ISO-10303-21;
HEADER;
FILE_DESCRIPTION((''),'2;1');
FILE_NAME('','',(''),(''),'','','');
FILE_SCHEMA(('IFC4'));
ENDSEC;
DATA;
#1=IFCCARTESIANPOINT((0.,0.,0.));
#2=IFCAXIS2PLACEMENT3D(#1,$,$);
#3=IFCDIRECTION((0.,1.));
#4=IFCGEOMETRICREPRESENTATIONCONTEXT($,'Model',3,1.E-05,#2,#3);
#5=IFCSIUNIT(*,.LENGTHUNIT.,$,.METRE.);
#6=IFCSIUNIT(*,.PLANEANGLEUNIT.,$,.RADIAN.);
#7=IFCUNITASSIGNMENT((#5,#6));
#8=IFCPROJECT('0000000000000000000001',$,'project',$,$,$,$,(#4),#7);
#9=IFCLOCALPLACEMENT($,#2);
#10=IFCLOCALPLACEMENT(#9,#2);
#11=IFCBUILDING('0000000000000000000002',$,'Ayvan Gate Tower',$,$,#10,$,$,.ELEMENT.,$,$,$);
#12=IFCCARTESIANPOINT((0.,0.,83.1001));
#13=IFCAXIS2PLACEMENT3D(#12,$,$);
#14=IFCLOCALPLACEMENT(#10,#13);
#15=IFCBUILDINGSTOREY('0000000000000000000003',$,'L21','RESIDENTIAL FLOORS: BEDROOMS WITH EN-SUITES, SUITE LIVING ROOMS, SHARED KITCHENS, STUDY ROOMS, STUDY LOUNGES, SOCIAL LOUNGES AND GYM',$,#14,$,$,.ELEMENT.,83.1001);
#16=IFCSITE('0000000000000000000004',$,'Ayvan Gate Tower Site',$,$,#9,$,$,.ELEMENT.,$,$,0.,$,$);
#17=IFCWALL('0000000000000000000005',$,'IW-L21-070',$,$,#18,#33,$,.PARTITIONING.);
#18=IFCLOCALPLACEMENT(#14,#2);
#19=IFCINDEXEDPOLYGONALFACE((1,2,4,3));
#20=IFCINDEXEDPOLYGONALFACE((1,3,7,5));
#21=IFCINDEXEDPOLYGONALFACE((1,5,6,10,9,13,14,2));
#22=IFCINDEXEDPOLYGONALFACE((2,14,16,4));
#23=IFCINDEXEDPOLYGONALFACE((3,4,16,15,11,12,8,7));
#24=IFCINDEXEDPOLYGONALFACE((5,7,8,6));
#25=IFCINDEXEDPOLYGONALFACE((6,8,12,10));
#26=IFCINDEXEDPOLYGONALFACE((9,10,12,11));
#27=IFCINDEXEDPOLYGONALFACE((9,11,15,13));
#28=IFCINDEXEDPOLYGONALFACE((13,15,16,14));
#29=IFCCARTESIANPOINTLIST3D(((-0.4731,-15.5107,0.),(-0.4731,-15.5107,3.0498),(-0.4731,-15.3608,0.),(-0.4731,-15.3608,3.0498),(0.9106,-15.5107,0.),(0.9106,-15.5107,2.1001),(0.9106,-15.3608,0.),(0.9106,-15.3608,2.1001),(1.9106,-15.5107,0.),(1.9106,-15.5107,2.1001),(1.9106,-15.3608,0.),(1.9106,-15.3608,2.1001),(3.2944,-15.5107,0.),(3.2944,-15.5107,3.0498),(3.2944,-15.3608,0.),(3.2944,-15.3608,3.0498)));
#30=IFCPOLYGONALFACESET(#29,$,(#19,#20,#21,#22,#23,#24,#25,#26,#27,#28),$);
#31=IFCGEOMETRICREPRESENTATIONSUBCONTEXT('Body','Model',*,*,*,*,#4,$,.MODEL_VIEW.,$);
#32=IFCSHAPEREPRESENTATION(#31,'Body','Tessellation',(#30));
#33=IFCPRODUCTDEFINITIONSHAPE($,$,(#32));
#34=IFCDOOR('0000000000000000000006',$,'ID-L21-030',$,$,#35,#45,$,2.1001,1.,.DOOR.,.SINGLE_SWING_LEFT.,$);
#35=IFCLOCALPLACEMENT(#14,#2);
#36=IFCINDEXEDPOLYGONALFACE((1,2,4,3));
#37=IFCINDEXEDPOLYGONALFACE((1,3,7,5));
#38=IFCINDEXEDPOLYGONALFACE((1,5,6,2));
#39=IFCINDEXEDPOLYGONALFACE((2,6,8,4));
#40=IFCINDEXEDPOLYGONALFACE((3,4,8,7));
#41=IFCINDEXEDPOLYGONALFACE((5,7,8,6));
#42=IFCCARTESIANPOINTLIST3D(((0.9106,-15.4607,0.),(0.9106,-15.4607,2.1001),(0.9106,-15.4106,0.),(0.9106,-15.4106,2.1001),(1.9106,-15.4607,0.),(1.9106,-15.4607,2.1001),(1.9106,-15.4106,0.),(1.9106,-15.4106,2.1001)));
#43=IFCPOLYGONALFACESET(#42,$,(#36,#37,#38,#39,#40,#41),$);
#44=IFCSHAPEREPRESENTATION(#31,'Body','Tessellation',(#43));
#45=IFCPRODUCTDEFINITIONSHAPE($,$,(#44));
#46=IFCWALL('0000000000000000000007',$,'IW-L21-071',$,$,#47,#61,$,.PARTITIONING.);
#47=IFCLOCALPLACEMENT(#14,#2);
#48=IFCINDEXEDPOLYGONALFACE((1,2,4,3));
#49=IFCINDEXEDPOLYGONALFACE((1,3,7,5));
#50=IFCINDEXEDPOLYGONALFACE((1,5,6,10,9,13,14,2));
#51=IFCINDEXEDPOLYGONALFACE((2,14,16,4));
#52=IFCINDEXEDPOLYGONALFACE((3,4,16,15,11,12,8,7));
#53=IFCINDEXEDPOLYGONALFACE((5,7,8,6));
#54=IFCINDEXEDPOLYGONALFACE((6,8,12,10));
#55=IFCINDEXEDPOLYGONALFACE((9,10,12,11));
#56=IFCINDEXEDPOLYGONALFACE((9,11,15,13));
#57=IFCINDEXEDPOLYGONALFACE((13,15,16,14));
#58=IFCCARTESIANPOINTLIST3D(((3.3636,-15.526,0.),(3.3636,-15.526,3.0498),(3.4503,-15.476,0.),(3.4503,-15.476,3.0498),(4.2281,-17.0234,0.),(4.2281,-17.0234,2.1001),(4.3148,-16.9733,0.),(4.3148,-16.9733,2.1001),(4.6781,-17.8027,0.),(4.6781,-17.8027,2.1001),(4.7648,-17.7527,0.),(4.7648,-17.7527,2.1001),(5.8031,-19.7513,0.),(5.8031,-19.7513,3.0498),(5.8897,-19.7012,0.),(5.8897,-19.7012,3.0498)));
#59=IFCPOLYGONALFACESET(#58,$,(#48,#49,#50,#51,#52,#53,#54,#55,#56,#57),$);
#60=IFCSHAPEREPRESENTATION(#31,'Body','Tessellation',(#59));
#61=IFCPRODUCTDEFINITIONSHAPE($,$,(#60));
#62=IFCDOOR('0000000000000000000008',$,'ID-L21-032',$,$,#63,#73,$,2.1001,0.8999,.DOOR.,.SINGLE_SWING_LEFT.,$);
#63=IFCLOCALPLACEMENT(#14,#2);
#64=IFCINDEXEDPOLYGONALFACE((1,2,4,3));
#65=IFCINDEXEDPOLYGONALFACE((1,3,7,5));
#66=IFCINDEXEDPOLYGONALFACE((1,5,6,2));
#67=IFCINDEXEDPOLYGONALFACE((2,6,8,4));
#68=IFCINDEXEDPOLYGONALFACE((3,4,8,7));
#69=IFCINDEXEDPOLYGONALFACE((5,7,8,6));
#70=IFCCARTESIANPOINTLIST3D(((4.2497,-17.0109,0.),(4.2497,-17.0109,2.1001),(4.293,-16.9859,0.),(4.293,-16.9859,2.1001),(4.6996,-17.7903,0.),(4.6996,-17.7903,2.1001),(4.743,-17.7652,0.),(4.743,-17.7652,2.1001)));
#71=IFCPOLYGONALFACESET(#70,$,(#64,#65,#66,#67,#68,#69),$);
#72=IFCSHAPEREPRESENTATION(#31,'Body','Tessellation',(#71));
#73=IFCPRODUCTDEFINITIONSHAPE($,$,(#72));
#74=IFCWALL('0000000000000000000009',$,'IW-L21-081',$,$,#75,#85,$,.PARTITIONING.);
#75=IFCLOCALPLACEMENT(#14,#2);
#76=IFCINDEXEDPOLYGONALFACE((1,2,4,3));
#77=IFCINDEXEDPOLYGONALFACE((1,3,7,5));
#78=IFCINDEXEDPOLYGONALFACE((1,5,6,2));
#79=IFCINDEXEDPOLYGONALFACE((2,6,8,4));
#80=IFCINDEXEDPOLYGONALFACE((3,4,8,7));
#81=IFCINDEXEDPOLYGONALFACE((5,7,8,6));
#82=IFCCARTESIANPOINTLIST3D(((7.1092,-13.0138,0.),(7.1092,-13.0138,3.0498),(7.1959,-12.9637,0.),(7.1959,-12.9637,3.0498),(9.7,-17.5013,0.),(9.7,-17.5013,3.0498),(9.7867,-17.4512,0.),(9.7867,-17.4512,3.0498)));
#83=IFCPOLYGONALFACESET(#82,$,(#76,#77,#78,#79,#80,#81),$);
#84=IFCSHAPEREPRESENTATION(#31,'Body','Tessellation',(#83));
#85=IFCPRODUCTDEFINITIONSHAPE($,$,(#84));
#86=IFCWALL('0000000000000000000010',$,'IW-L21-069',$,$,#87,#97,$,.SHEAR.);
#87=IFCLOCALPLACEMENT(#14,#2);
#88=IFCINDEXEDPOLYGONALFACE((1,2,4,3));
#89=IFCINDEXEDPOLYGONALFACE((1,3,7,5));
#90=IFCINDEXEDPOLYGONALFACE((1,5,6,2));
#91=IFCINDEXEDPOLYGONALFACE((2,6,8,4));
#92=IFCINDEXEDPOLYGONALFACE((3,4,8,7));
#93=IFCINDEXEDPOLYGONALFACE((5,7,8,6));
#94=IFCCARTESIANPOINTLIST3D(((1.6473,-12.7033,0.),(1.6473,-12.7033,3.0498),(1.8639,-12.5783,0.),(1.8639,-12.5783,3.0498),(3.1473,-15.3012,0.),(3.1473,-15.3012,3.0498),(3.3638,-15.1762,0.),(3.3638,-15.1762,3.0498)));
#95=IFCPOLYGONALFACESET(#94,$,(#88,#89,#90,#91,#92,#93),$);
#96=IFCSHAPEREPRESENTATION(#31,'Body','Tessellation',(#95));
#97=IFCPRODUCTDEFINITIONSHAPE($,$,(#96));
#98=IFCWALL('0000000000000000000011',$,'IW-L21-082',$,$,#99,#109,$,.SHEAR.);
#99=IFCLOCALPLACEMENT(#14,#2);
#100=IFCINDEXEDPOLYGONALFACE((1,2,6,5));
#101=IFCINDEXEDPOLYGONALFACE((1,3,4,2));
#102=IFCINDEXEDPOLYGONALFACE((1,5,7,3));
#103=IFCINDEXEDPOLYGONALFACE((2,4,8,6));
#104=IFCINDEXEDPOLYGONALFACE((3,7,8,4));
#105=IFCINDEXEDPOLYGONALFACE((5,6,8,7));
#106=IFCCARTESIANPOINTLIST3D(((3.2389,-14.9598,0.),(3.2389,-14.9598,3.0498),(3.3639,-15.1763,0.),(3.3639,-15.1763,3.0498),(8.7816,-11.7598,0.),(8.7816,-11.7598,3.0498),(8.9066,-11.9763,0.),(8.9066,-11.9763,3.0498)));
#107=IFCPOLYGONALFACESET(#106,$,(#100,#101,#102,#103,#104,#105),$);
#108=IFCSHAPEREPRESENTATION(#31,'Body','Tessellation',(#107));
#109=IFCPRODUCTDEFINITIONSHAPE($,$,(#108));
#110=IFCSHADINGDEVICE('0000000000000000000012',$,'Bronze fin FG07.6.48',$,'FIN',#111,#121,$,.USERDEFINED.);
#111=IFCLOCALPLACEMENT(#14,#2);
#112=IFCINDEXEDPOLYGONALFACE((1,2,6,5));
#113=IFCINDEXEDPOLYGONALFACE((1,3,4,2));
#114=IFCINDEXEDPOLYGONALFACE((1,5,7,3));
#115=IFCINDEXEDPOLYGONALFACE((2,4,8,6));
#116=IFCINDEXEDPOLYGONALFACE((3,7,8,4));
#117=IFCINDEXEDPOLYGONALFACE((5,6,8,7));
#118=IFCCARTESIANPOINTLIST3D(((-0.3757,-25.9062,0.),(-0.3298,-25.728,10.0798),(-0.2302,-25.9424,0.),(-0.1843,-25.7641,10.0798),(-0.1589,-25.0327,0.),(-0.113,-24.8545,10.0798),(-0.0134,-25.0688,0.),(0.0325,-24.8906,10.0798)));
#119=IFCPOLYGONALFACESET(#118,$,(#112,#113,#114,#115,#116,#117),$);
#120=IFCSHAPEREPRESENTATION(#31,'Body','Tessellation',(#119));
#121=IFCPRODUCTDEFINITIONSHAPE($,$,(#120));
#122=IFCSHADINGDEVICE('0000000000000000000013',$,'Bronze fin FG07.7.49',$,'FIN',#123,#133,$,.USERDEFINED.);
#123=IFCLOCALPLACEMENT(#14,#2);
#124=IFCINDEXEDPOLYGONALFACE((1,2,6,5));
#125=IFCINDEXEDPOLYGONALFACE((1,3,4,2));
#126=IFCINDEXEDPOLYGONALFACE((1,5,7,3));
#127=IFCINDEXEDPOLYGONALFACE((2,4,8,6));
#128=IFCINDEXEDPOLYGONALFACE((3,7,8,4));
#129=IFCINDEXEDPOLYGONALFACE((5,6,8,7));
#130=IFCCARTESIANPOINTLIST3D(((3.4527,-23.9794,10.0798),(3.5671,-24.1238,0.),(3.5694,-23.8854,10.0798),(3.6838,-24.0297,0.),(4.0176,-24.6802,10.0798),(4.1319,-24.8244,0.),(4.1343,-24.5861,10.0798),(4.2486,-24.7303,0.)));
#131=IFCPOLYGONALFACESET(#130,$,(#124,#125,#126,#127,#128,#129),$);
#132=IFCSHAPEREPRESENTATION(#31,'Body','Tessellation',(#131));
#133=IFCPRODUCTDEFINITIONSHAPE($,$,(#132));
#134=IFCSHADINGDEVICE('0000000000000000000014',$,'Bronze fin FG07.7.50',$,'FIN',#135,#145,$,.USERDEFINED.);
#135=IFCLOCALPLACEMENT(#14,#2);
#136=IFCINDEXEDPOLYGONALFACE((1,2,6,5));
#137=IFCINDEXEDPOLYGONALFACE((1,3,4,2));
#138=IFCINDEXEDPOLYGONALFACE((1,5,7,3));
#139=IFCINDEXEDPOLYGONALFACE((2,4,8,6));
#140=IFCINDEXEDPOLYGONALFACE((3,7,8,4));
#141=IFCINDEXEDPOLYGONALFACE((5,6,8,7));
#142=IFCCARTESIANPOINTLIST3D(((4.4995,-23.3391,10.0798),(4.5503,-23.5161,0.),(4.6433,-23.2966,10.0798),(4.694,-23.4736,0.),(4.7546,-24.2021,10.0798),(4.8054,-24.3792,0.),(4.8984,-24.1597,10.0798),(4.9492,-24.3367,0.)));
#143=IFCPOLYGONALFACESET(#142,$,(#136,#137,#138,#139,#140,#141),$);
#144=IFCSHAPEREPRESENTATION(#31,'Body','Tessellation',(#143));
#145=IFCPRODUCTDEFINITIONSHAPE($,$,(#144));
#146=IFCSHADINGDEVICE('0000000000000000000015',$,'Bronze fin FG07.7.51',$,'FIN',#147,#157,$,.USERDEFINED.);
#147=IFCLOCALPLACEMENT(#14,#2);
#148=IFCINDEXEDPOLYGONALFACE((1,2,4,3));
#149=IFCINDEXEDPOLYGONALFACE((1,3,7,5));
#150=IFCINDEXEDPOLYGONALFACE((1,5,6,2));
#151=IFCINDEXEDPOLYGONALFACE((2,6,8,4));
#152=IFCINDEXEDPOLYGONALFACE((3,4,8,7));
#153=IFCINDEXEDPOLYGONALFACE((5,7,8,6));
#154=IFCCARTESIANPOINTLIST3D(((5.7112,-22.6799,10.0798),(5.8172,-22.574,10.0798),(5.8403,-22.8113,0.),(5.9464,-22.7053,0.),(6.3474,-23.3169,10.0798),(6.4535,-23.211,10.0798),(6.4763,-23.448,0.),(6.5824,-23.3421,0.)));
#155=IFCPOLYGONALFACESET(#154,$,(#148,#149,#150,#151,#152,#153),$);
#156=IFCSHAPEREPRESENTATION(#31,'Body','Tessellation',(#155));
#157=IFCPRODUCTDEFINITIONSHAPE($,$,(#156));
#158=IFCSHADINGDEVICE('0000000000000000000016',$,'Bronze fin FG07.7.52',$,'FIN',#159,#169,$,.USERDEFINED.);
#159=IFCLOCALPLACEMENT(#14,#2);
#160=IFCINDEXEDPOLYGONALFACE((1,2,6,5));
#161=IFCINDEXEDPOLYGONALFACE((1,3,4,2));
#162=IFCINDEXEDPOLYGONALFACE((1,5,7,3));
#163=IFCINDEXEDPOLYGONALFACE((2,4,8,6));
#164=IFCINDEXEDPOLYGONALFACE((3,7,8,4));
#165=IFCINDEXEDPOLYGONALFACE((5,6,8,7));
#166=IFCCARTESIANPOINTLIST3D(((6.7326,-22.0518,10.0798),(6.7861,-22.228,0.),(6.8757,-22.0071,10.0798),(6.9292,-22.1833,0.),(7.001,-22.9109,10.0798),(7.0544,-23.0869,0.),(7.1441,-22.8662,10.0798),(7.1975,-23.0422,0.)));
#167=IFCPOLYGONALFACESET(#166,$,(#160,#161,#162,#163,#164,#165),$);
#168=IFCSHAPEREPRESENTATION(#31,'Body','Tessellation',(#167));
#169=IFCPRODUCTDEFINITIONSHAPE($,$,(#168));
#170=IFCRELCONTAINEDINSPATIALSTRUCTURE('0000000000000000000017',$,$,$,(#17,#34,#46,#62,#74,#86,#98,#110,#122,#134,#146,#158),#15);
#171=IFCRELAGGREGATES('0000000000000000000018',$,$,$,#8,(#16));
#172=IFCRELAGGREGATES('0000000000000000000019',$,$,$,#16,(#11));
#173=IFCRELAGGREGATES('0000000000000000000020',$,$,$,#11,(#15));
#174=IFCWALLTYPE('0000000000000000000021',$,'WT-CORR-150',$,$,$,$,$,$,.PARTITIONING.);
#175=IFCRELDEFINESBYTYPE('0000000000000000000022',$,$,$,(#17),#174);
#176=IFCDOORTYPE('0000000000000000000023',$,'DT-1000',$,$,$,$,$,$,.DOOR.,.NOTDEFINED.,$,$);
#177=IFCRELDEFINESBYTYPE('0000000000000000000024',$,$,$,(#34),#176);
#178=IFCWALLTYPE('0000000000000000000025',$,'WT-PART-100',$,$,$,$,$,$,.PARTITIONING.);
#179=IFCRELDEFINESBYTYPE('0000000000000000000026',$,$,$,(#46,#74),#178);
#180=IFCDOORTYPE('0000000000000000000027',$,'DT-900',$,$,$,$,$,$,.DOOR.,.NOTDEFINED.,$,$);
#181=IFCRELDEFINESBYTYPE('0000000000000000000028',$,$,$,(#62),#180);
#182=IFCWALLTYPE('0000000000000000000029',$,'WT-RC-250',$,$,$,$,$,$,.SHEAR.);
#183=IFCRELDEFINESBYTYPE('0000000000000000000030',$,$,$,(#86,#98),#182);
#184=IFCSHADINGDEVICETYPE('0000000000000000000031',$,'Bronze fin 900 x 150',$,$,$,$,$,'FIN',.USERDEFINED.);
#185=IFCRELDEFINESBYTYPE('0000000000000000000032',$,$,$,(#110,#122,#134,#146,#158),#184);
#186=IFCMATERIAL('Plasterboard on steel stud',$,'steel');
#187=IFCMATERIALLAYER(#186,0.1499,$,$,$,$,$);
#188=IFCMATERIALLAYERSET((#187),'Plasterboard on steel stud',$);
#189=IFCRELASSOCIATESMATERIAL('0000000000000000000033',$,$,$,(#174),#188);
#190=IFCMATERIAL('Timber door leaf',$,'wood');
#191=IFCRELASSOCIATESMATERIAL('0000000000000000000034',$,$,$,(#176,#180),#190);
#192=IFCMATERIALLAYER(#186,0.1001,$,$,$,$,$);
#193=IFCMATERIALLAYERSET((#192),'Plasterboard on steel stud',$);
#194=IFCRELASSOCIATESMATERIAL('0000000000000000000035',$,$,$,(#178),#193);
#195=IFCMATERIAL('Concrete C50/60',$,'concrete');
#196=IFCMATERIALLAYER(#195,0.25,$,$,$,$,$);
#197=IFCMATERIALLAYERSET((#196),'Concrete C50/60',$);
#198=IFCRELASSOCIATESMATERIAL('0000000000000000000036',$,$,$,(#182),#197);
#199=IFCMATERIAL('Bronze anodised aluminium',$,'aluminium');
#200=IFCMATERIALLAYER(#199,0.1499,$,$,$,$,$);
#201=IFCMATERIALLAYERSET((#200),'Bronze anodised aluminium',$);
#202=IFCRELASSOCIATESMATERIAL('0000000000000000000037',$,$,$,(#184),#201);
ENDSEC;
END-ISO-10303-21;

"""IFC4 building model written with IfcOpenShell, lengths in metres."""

from ifc_helpers import new_model, si_unit, direction, frame, frame_2d, origin, place, context, subcontext, project, spatial, polyline, rectangle, outline, extrude, material, layer, layer_set, type_object, element, fill, save


model = new_model("IFC4")

# Units and contexts
model_context = context("Model", 3, precision=1e-05, world=origin(), true_north=direction((0.0, 1.0)))
body_context = subcontext(model_context, "Body", "Model", "MODEL_VIEW")
ifc_project = project(units=[si_unit("LENGTHUNIT", "METRE"), si_unit("PLANEANGLEUNIT", "RADIAN")], contexts=[model_context])

# Site, building, storey
site_placement = place(None, origin())
site = spatial("IfcSite", under=ifc_project, at=site_placement, Name="Ayvan Gate Tower Site", CompositionType="ELEMENT", RefElevation=0.0)
building_placement = place(site_placement, origin())
building = spatial("IfcBuilding", under=site, at=building_placement, Name="Ayvan Gate Tower", CompositionType="ELEMENT")
storey_placement = place(building_placement, frame((0.0, 0.0, 83.1001)))
storey = spatial("IfcBuildingStorey", under=building, at=storey_placement, Name="L21", Description="RESIDENTIAL FLOORS: BEDROOMS WITH EN-SUITES, SUITE LIVING ROOMS, SHARED KITCHENS, STUDY ROOMS, STUDY LOUNGES, SOCIAL LOUNGES AND GYM", CompositionType="ELEMENT", Elevation=83.1001)

# Shared definitions
ifc_material_1 = material(Name="Bronze anodised aluminium", Category="aluminium")

# Shared definitions
ifc_material_2 = material(Name="Plasterboard on steel stud", Category="steel")
ifc_layer_1 = layer(ifc_material_2, 0.1499)
ifc_layer_set_1 = layer_set([ifc_layer_1], Name="Plasterboard on steel stud")
wall_type_1 = type_object("IfcWallType", Name="WT-CORR-150", PredefinedType="PARTITIONING", material=ifc_layer_set_1)

# Walls, openings, doors
wall_1_placement = place(storey_placement, frame((3.2944, -15.4358, 0.0), z_axis=(0.0, 0.0, 1.0), x_axis=(-1.0, 0.0, 0.0)))
wall_1 = element("IfcWall", 1, at=wall_1_placement, inside=storey, type_object=wall_type_1, Name="IW-L21-070", PredefinedType="PARTITIONING", context=body_context, shape_type="SweptSolid", body=[
    extrude(rectangle(XDim=3.7676, YDim=0.1499, at=frame_2d((1.8838, 0.0))), origin(), (0.0, 0.0, 1.0), 3.0498),
])
opening_1_placement = place(wall_1_placement, frame((1.3838, 0.0, 0.0)))
opening_1 = element("IfcOpeningElement", 2, at=opening_1_placement, cuts=wall_1, PredefinedType="OPENING", context=body_context, shape_type="SweptSolid", body=[
    extrude(rectangle(XDim=1.0, YDim=2.1001, at=frame_2d((0.5, 1.05))), frame((0.0, 0.085, 0.0), z_axis=(0.0, -1.0, 0.0), x_axis=(1.0, 0.0, 0.0)), (0.0, 0.0, 1.0), 0.1699),
])
ifc_material_3 = material(Name="Timber door leaf", Category="wood")
door_type_1 = type_object("IfcDoorType", Name="DT-1000", OperationType="NOTDEFINED", PredefinedType="DOOR", material=ifc_material_3)
door_1_placement = place(opening_1_placement, origin())
door_1 = element("IfcDoor", 3, at=door_1_placement, inside=storey, type_object=door_type_1, Name="ID-L21-030", OperationType="SINGLE_SWING_LEFT", OverallHeight=2.1001, OverallWidth=1.0, PredefinedType="DOOR", context=body_context, shape_type="SweptSolid", body=[
    extrude(rectangle(XDim=1.0, YDim=2.1001, at=frame_2d((0.5, 1.05))), frame((0.0, 0.0249, 0.0), z_axis=(0.0, -1.0, 0.0), x_axis=(1.0, 0.0, 0.0)), (0.0, 0.0, 1.0), 0.05),
])
fill(opening_1, door_1)
ifc_layer_2 = layer(ifc_material_2, 0.1001)
ifc_layer_set_2 = layer_set([ifc_layer_2], Name="Plasterboard on steel stud")
wall_type_2 = type_object("IfcWallType", Name="WT-PART-100", PredefinedType="PARTITIONING", material=ifc_layer_set_2)
wall_2_placement = place(storey_placement, frame((3.407, -15.501, 0.0), z_axis=(0.0, 0.0, 1.0), x_axis=(0.499992, -0.86603, 0.0)))
wall_2 = element("IfcWall", 4, at=wall_2_placement, inside=storey, type_object=wall_type_2, Name="IW-L21-071", PredefinedType="PARTITIONING", context=body_context, shape_type="SweptSolid", body=[
    extrude(rectangle(XDim=4.8789, YDim=0.1001, at=frame_2d((2.4395, 0.0))), origin(), (0.0, 0.0, 1.0), 3.0498),
])
opening_2_placement = place(wall_2_placement, frame((1.729, 0.0, 0.0)))
opening_2 = element("IfcOpeningElement", 5, at=opening_2_placement, cuts=wall_2, PredefinedType="OPENING", context=body_context, shape_type="SweptSolid", body=[
    extrude(rectangle(XDim=0.8999, YDim=2.1001, at=frame_2d((0.45, 1.05))), frame((0.0, 0.0601, 0.0), z_axis=(0.0, -1.0, 0.0), x_axis=(1.0, 0.0, 0.0)), (0.0, 0.0, 1.0), 0.1201),
])
door_type_2 = type_object("IfcDoorType", Name="DT-900", OperationType="NOTDEFINED", PredefinedType="DOOR", material=ifc_material_3)
door_2_placement = place(opening_2_placement, origin())
door_2 = element("IfcDoor", 6, at=door_2_placement, inside=storey, type_object=door_type_2, Name="ID-L21-032", OperationType="SINGLE_SWING_LEFT", OverallHeight=2.1001, OverallWidth=0.8999, PredefinedType="DOOR", context=body_context, shape_type="SweptSolid", body=[
    extrude(rectangle(XDim=0.8999, YDim=2.1001, at=frame_2d((0.45, 1.05))), frame((0.0, 0.0249, 0.0), z_axis=(0.0, -1.0, 0.0), x_axis=(1.0, 0.0, 0.0)), (0.0, 0.0, 1.0), 0.05),
])
fill(opening_2, door_2)

# Walls
wall_3_placement = place(storey_placement, frame((7.1526, -12.9888, 0.0), z_axis=(0.0, 0.0, 1.0), x_axis=(0.49999, -0.866031, 0.0)))
element("IfcWall", 7, at=wall_3_placement, inside=storey, type_object=wall_type_2, Name="IW-L21-081", PredefinedType="PARTITIONING", context=body_context, shape_type="SweptSolid", body=[
    extrude(rectangle(XDim=5.1816, YDim=0.1001, at=frame_2d((2.5908, 0.0))), origin(), (0.0, 0.0, 1.0), 3.0498),
])
ifc_material_4 = material(Name="Concrete C50/60", Category="concrete")
ifc_layer_3 = layer(ifc_material_4, 0.25)
ifc_layer_set_3 = layer_set([ifc_layer_3], Name="Concrete C50/60")
wall_type_3 = type_object("IfcWallType", Name="WT-RC-250", PredefinedType="SHEAR", material=ifc_layer_set_3)
wall_4_placement = place(storey_placement, frame((3.2556, -15.2388, 0.0), z_axis=(0.0, 0.0, 1.0), x_axis=(-0.500025, 0.866011, 0.0)))
element("IfcWall", 8, at=wall_4_placement, inside=storey, type_object=wall_type_3, Name="IW-L21-069", PredefinedType="SHEAR", context=body_context, shape_type="SweptSolid", body=[
    extrude(rectangle(XDim=2.9998, YDim=0.25, at=frame_2d((1.5, 0.0))), origin(), (0.0, 0.0, 1.0), 3.0498),
])
wall_5_placement = place(storey_placement, frame((3.3013, -15.0681, 0.0), z_axis=(0.0, 0.0, 1.0), x_axis=(0.866035, 0.499983, 0.0)))
element("IfcWall", 9, at=wall_5_placement, inside=storey, type_object=wall_type_3, Name="IW-L21-082", PredefinedType="SHEAR", context=body_context, shape_type="SweptSolid", body=[
    extrude(rectangle(XDim=6.4001, YDim=0.25, at=frame_2d((3.2002, 0.0))), origin(), (0.0, 0.0, 1.0), 3.0498),
])

# Shading devices
ifc_layer_4 = layer(ifc_material_1, 0.1499)
ifc_layer_set_4 = layer_set([ifc_layer_4], Name="Bronze anodised aluminium")
shading_device_type = type_object("IfcShadingDeviceType", Name="Bronze fin 900 x 150", ElementType="FIN", PredefinedType="USERDEFINED", material=ifc_layer_set_4)
shading_device_1_placement = place(storey_placement, frame((-0.1589, -25.0327, 0.0), z_axis=(-0.970556, 0.240876, 0.00016), x_axis=(-0.240876, -0.970556, 0.0)))
element("IfcShadingDevice", 10, at=shading_device_1_placement, inside=storey, type_object=shading_device_type, Name="Bronze fin FG07.6.48", ObjectType="FIN", PredefinedType="USERDEFINED", context=body_context, shape_type="SweptSolid", body=[
    extrude(outline(polyline([(0.0, 0.0), (0.9, 0.0), (0.716, 10.0798), (-0.184, 10.0798), (0.0, 0.0)])), origin(), (0.0, 0.0, -1.0), 0.1499),
])
shading_device_2_placement = place(storey_placement, frame((3.5671, -24.1238, 0.0), z_axis=(-0.778548, -0.627585, 0.000149), x_axis=(0.627585, -0.778548, 0.0)))
element("IfcShadingDevice", 11, at=shading_device_2_placement, inside=storey, type_object=shading_device_type, Name="Bronze fin FG07.7.49", ObjectType="FIN", PredefinedType="USERDEFINED", context=body_context, shape_type="SweptSolid", body=[
    extrude(outline(polyline([(0.0, 0.0), (0.8999, 0.0), (0.7159, 10.0798), (-0.1842, 10.0798), (0.0, 0.0)])), origin(), (0.0, 0.0, -1.0), 0.1499),
])
shading_device_3_placement = place(storey_placement, frame((4.5503, -23.5161, 0.0), z_axis=(-0.958976, -0.283488, 0.000147), x_axis=(0.283488, -0.958976, 0.0)))
element("IfcShadingDevice", 12, at=shading_device_3_placement, inside=storey, type_object=shading_device_type, Name="Bronze fin FG07.7.50", ObjectType="FIN", PredefinedType="USERDEFINED", context=body_context, shape_type="SweptSolid", body=[
    extrude(outline(polyline([(0.0, 0.0), (0.9, 0.0), (0.7158, 10.0798), (-0.1841, 10.0798), (0.0, 0.0)])), origin(), (0.0, 0.0, -1.0), 0.1499),
])
shading_device_4_placement = place(storey_placement, frame((5.8403, -22.8113, 0.0), z_axis=(-0.707514, -0.7067, 0.000144), x_axis=(0.7067, -0.707514, 0.0)))
element("IfcShadingDevice", 13, at=shading_device_4_placement, inside=storey, type_object=shading_device_type, Name="Bronze fin FG07.7.51", ObjectType="FIN", PredefinedType="USERDEFINED", context=body_context, shape_type="SweptSolid", body=[
    extrude(outline(polyline([(0.0, 0.0), (0.8999, 0.0), (0.7161, 10.0798), (-0.1842, 10.0798), (0.0, 0.0)])), origin(), (0.0, 0.0, -1.0), 0.1499),
])
shading_device_5_placement = place(storey_placement, frame((6.7861, -22.228, 0.0), z_axis=(-0.954521, -0.298144, 0.000147), x_axis=(0.298144, -0.954521, 0.0)))
element("IfcShadingDevice", 14, at=shading_device_5_placement, inside=storey, type_object=shading_device_type, Name="Bronze fin FG07.7.52", ObjectType="FIN", PredefinedType="USERDEFINED", context=body_context, shape_type="SweptSolid", body=[
    extrude(outline(polyline([(0.0, 0.0), (0.8998, 0.0), (0.7159, 10.0798), (-0.1842, 10.0798), (0.0, 0.0)])), origin(), (0.0, 0.0, -1.0), 0.1499),
])

save(model, "model.ifc")
